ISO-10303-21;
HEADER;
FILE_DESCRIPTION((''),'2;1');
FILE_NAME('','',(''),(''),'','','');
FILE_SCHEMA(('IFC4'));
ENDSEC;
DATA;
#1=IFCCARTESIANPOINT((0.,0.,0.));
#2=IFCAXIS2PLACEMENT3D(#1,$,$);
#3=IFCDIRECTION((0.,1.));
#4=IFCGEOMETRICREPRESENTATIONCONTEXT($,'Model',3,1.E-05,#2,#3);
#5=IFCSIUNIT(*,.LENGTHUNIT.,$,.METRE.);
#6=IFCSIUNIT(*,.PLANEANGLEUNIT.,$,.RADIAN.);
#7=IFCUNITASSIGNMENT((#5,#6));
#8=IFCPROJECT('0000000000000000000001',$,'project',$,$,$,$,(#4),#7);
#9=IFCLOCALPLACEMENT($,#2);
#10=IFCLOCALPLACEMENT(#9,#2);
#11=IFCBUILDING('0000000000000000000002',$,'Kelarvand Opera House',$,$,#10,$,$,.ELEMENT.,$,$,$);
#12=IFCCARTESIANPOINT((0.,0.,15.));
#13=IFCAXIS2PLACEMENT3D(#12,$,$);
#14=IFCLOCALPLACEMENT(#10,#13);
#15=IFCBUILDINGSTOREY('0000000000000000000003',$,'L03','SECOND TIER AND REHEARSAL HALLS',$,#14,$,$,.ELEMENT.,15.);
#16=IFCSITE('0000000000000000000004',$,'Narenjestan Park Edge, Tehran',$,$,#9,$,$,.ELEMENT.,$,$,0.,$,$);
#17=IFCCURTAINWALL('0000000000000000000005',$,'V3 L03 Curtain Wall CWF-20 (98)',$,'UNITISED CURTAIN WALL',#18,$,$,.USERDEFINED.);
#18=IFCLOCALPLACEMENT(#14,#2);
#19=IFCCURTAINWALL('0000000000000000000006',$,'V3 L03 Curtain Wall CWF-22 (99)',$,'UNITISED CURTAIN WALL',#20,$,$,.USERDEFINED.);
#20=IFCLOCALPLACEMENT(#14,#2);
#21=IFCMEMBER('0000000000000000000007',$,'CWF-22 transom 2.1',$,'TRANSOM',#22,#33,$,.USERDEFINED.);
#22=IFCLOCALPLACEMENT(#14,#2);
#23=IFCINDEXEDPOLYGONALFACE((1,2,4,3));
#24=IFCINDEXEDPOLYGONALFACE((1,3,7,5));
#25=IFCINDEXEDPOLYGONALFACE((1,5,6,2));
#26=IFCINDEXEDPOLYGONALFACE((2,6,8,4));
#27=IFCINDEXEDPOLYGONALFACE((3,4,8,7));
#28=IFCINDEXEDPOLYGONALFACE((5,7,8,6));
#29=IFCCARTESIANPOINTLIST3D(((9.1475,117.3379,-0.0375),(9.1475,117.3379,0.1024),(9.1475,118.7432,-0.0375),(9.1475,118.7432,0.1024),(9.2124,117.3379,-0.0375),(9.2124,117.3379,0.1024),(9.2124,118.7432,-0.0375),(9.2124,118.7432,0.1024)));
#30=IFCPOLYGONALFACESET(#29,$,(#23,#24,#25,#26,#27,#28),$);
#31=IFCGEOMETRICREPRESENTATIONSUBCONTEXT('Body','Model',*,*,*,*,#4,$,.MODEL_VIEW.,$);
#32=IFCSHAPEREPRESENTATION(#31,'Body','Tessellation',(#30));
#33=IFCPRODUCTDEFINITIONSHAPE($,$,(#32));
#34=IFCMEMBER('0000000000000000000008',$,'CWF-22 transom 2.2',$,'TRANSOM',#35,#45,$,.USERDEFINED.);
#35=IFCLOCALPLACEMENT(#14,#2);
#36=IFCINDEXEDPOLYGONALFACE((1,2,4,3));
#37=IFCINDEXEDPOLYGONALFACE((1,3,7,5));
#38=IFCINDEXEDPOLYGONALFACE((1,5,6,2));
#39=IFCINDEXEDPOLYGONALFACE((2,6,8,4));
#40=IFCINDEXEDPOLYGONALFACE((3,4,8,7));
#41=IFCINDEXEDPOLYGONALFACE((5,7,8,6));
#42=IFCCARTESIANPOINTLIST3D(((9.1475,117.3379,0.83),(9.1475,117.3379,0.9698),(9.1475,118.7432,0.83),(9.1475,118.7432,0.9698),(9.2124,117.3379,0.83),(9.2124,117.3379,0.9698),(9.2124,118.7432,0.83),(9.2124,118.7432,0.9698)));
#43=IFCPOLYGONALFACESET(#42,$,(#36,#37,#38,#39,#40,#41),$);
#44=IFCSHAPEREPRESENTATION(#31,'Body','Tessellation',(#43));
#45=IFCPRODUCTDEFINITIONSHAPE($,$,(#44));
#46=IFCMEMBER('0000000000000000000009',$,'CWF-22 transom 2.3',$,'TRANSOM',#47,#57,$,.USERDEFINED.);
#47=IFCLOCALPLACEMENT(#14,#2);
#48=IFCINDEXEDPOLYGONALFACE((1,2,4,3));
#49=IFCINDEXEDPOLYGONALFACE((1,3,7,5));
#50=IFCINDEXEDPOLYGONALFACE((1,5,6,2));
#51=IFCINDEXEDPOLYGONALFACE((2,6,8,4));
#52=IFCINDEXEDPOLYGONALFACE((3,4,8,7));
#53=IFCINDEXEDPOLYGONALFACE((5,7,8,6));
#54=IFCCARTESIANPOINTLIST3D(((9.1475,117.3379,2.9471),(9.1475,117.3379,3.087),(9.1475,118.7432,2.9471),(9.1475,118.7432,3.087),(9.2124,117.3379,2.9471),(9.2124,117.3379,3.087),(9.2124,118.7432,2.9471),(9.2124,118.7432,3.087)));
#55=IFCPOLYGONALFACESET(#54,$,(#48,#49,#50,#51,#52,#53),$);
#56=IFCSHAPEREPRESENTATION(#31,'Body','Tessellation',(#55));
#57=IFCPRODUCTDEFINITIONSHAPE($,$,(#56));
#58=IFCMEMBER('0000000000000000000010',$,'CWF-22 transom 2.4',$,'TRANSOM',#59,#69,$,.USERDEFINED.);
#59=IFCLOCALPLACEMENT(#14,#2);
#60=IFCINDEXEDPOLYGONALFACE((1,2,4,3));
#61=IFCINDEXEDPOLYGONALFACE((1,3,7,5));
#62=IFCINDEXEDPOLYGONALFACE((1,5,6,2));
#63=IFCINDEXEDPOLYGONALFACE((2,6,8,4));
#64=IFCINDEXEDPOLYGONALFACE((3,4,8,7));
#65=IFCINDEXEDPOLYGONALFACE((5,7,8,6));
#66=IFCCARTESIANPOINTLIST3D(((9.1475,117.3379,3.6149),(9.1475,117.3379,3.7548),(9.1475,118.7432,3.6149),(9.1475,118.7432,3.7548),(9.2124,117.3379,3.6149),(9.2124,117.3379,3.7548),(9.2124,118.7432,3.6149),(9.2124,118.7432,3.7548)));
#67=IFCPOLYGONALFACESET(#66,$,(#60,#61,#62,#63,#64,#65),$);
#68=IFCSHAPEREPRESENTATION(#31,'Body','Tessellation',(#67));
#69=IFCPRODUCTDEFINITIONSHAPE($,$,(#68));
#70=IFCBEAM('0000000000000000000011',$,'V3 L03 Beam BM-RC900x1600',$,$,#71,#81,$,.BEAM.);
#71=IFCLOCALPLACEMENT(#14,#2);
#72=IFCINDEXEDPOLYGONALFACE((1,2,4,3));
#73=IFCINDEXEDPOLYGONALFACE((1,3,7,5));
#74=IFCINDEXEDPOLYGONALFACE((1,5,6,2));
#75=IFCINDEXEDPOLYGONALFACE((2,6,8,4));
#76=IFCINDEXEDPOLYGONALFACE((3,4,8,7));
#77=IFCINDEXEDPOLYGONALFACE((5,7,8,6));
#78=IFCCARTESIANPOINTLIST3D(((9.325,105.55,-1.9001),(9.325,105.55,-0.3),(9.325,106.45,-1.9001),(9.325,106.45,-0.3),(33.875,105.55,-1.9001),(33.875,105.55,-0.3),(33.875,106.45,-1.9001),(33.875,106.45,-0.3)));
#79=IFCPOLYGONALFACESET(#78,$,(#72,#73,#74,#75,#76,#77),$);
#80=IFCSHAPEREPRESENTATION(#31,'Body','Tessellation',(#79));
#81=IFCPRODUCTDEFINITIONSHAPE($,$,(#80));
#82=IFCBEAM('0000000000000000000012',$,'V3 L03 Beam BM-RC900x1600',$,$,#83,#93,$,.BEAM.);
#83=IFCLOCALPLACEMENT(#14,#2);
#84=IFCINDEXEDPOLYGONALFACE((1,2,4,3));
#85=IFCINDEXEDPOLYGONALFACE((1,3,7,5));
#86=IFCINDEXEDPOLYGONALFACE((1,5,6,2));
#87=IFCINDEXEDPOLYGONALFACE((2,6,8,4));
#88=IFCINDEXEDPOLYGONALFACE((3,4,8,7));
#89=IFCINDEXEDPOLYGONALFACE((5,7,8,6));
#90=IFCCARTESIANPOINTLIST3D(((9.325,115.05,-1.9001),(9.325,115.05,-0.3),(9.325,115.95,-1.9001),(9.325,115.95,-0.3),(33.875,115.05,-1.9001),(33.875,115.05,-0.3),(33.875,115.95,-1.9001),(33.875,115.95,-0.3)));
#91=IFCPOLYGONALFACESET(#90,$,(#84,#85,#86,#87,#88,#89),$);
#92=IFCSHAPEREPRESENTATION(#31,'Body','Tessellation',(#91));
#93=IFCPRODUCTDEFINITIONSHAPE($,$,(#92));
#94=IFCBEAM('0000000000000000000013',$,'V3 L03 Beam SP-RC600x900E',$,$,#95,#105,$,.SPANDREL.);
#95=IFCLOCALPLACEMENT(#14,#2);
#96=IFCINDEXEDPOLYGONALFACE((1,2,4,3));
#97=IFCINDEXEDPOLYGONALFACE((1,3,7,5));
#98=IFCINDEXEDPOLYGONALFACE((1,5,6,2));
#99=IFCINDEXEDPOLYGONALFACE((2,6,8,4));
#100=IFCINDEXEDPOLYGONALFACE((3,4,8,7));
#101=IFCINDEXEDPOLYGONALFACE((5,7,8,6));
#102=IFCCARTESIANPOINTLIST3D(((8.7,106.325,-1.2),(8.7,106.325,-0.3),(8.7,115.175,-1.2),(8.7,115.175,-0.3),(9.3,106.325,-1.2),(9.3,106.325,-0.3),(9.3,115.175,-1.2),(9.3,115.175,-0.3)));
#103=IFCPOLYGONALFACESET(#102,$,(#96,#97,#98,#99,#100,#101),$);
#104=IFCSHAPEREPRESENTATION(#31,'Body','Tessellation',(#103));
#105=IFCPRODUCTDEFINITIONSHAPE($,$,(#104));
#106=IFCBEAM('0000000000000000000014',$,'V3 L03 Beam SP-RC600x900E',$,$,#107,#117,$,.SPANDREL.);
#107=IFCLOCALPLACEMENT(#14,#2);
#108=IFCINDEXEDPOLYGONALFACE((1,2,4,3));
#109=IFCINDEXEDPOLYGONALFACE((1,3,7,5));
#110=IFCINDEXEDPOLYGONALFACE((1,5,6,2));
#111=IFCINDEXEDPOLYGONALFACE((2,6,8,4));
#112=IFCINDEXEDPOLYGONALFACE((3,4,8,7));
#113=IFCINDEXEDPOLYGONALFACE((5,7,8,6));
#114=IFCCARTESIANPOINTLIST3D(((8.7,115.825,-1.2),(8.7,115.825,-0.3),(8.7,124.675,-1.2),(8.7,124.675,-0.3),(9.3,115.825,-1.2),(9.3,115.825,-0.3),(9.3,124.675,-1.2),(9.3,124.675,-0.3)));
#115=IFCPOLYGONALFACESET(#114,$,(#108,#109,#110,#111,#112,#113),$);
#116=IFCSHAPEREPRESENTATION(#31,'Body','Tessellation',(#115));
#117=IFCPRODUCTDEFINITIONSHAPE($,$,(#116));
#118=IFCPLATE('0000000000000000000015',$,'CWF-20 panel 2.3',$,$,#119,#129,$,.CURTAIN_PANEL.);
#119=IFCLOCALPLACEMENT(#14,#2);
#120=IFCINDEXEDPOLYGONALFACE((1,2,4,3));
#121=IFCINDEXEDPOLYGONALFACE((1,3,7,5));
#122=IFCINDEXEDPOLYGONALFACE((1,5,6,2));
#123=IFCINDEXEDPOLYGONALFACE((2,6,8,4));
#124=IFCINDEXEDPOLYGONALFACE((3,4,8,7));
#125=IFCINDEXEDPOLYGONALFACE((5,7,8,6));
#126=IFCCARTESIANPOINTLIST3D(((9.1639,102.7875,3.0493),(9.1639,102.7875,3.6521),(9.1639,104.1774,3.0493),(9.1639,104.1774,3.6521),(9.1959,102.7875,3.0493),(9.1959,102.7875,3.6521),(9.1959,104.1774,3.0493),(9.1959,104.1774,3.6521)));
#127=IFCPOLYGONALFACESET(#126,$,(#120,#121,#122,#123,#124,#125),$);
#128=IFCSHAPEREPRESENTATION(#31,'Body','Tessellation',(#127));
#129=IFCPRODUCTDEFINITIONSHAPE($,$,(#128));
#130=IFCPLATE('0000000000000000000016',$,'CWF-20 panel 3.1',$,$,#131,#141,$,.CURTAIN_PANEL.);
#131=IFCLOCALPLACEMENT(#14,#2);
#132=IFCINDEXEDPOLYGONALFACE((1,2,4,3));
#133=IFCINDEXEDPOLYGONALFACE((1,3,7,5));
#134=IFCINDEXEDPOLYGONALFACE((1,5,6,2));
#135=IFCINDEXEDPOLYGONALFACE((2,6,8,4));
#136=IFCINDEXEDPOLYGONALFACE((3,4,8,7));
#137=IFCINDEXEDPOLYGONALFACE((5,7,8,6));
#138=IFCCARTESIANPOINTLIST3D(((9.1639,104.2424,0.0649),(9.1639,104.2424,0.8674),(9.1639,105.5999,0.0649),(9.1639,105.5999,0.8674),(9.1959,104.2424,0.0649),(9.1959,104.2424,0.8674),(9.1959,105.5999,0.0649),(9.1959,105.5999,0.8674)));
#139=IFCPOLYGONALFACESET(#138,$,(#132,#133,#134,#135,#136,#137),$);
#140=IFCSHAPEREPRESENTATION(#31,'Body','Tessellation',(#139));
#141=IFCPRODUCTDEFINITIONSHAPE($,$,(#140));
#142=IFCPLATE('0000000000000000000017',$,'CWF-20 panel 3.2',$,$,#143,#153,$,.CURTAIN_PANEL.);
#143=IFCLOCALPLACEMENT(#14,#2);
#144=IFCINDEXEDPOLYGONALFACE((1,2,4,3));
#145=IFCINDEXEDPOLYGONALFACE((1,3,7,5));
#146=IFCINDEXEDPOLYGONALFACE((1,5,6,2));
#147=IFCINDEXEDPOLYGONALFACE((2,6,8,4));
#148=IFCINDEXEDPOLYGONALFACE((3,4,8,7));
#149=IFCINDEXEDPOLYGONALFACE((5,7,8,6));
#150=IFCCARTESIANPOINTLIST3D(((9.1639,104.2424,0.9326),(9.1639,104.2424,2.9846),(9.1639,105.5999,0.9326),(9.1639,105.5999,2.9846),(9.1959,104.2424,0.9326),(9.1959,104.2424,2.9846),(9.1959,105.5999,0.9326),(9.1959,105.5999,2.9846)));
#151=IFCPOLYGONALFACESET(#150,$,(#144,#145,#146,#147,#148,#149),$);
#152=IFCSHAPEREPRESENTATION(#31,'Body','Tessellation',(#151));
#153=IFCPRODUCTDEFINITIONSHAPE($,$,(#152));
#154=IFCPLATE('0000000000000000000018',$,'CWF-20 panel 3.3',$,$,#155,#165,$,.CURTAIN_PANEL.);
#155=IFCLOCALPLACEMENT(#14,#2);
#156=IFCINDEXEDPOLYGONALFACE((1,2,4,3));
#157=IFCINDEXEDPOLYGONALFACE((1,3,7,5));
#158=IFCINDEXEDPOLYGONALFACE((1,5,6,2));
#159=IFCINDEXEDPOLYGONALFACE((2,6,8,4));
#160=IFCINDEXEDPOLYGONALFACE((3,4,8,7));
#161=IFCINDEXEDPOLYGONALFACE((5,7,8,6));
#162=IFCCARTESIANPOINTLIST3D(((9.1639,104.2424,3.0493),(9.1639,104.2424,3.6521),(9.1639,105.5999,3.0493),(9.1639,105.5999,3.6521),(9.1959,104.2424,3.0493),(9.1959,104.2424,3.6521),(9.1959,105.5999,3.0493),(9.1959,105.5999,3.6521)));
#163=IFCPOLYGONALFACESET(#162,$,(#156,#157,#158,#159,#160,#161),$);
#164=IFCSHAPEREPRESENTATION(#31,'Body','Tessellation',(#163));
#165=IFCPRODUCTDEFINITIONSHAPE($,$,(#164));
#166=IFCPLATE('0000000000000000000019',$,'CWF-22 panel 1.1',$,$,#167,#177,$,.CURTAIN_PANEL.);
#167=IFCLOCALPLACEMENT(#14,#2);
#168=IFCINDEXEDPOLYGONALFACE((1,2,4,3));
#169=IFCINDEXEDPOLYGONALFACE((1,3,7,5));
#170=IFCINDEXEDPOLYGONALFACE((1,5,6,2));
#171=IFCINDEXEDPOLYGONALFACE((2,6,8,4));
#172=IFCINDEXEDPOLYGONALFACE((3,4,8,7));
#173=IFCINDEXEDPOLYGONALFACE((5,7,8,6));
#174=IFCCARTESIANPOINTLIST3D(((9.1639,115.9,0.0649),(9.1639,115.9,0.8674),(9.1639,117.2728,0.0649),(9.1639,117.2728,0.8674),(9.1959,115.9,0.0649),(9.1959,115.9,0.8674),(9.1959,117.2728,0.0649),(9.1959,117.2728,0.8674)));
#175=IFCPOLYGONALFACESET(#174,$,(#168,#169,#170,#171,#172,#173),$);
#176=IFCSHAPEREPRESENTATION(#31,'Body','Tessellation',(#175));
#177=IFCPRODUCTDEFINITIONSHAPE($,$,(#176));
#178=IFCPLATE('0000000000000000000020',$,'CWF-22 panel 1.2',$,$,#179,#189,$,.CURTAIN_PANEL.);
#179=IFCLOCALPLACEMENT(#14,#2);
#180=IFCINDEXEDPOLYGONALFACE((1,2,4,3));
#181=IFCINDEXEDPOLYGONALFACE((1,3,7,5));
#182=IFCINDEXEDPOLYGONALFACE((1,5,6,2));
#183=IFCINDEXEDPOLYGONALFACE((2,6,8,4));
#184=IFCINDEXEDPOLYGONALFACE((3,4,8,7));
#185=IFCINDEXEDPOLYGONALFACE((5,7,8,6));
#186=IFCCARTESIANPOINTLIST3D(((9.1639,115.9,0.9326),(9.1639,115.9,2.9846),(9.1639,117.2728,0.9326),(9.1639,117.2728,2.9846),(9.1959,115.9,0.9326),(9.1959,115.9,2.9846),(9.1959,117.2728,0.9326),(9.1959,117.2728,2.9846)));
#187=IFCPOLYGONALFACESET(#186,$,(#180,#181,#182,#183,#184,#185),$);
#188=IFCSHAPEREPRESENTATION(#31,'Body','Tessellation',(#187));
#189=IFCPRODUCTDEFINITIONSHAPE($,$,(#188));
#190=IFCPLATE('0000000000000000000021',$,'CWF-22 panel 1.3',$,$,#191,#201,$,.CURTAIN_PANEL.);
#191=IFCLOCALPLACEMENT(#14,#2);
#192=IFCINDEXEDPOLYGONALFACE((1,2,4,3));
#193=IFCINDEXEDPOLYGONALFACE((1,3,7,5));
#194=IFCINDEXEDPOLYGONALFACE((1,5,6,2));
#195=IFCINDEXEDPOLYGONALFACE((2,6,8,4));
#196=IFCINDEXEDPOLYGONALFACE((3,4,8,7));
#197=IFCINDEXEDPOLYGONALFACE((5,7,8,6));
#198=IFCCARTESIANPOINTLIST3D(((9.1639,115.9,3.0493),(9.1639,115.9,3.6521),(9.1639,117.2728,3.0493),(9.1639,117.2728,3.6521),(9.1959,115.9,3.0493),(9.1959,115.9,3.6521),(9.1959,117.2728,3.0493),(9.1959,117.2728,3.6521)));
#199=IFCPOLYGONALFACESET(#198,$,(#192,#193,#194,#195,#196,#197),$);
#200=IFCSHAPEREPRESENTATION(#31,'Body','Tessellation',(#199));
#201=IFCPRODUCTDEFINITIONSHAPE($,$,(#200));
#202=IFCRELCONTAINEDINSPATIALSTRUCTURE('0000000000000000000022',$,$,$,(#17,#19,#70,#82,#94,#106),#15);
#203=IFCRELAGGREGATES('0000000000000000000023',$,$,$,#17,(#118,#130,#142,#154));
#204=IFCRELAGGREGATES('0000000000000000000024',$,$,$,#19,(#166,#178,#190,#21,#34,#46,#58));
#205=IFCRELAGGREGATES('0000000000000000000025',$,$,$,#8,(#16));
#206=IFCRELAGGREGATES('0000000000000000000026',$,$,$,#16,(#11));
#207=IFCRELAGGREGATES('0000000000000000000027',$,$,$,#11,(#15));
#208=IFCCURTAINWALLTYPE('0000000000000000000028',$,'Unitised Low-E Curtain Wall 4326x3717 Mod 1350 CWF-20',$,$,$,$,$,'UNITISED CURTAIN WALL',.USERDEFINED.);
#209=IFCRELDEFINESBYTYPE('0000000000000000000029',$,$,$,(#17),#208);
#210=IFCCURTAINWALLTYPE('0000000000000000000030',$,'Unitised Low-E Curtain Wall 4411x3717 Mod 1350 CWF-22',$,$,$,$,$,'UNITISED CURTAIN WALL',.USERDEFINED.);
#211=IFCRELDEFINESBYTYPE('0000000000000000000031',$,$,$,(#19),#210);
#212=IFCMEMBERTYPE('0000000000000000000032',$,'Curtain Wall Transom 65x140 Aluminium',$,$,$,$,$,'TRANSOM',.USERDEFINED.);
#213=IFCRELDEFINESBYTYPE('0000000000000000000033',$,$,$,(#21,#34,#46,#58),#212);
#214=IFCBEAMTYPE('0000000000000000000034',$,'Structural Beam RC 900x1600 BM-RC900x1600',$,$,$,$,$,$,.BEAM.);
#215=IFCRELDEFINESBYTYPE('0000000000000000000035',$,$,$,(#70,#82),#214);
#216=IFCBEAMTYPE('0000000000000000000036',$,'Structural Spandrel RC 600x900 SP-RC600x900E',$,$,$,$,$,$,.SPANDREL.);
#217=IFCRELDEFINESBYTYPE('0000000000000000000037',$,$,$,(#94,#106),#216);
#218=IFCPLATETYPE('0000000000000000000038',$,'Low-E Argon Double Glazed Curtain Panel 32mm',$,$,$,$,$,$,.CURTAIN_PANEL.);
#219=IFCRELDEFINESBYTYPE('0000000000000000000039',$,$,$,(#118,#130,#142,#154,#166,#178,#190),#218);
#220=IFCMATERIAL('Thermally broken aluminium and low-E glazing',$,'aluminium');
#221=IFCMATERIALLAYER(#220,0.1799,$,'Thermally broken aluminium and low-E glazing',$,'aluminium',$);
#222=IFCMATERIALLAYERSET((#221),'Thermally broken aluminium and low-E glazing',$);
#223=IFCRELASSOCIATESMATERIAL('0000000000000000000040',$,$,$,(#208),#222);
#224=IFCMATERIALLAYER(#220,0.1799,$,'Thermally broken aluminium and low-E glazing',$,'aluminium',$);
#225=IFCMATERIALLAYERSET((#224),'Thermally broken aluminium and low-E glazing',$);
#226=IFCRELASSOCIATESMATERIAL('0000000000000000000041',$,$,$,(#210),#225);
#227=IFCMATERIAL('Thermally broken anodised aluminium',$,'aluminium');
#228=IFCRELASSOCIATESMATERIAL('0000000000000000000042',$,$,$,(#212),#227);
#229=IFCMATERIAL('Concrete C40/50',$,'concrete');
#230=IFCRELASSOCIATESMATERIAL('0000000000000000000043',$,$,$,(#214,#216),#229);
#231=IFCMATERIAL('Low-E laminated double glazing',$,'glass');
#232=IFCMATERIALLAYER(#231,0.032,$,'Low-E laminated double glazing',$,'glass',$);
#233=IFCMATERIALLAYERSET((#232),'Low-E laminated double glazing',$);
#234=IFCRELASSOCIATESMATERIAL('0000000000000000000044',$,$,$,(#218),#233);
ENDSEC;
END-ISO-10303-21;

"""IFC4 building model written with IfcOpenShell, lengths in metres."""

from ifc_helpers import new_model, si_unit, direction, frame, origin, origin_2d, place, context, subcontext, project, spatial, rectangle, extrude, material, layer, layer_set, material_profile, profile_set, type_object, element, aggregate, save


model = new_model("IFC4")

# Units and contexts
model_context = context("Model", 3, precision=1e-05, world=origin(), true_north=direction((0.0, 1.0)))
body_context = subcontext(model_context, "Body", "Model", "MODEL_VIEW")
ifc_project = project(units=[si_unit("LENGTHUNIT", "METRE"), si_unit("PLANEANGLEUNIT", "RADIAN")], contexts=[model_context])

# Site, building, storey
site_placement = place(None, origin())
site = spatial("IfcSite", under=ifc_project, at=site_placement, Name="Narenjestan Park Edge, Tehran", CompositionType="ELEMENT", RefElevation=0.0)
building_placement = place(site_placement, origin())
building = spatial("IfcBuilding", under=site, at=building_placement, Name="Kelarvand Opera House", CompositionType="ELEMENT")
storey_placement = place(building_placement, frame((0.0, 0.0, 15.0)))
storey = spatial("IfcBuildingStorey", under=building, at=storey_placement, Name="L03", Description="SECOND TIER AND REHEARSAL HALLS", CompositionType="ELEMENT", Elevation=15.0)

# Shared definitions
ifc_material_1 = material(Name="Concrete C40/50", Category="concrete")

# Curtain walls
ifc_material_2 = material(Name="Thermally broken aluminium and low-E glazing", Category="aluminium")
ifc_layer_1 = layer(ifc_material_2, 0.1799, Name="Thermally broken aluminium and low-E glazing", Category="aluminium")
ifc_layer_set_1 = layer_set([ifc_layer_1], Name="Thermally broken aluminium and low-E glazing")
curtain_wall_type_1 = type_object("IfcCurtainWallType", Name="Unitised Low-E Curtain Wall 4326x3717 Mod 1350 CWF-20", ElementType="UNITISED CURTAIN WALL", PredefinedType="USERDEFINED", material=ifc_layer_set_1)
curtain_wall_1_placement = place(storey_placement, origin())
curtain_wall_1 = element("IfcCurtainWall", 1, at=curtain_wall_1_placement, inside=storey, type_object=curtain_wall_type_1, Name="V3 L03 Curtain Wall CWF-20 (98)", ObjectType="UNITISED CURTAIN WALL", PredefinedType="USERDEFINED")
ifc_material_3 = material(Name="Thermally broken anodised aluminium", Category="aluminium")
ifc_layer_2 = layer(ifc_material_2, 0.1799, Name="Thermally broken aluminium and low-E glazing", Category="aluminium")
ifc_layer_set_2 = layer_set([ifc_layer_2], Name="Thermally broken aluminium and low-E glazing")
curtain_wall_type_2 = type_object("IfcCurtainWallType", Name="Unitised Low-E Curtain Wall 4411x3717 Mod 1350 CWF-22", ElementType="UNITISED CURTAIN WALL", PredefinedType="USERDEFINED", material=ifc_layer_set_2)
curtain_wall_2_placement = place(storey_placement, origin())
curtain_wall_2 = element("IfcCurtainWall", 2, at=curtain_wall_2_placement, inside=storey, type_object=curtain_wall_type_2, Name="V3 L03 Curtain Wall CWF-22 (99)", ObjectType="UNITISED CURTAIN WALL", PredefinedType="USERDEFINED")

# Members
ifc_material_profile_1 = material_profile(ifc_material_3, rectangle(XDim=0.0649, YDim=0.1399, at=origin_2d()), Name="ALU TRANSOM 65x140", Category="aluminium")
ifc_profile_set_1 = profile_set([ifc_material_profile_1], Name="Thermally broken anodised aluminium")
member_type_1 = type_object("IfcMemberType", Name="Curtain Wall Transom 65x140 Aluminium", ElementType="TRANSOM", PredefinedType="USERDEFINED", material=ifc_profile_set_1)
member_1_placement = place(storey_placement, frame((9.1799, 117.3379, 0.0325), z_axis=(0.0, 1.0, 0.0), x_axis=(-1.0, 0.0, 0.0)))
member_1 = element("IfcMember", 3, at=member_1_placement, type_object=member_type_1, Name="CWF-22 transom 2.1", ObjectType="TRANSOM", PredefinedType="USERDEFINED", context=body_context, shape_type="SweptSolid", body=[
    extrude(rectangle(XDim=0.0649, YDim=0.1399, at=origin_2d()), origin(), (0.0, 0.0, 1.0), 1.4053),
])
member_2_placement = place(storey_placement, frame((9.1799, 117.3379, 0.8999), z_axis=(0.0, 1.0, 0.0), x_axis=(-1.0, 0.0, 0.0)))
member_2 = element("IfcMember", 4, at=member_2_placement, type_object=member_type_1, Name="CWF-22 transom 2.2", ObjectType="TRANSOM", PredefinedType="USERDEFINED", context=body_context, shape_type="SweptSolid", body=[
    extrude(rectangle(XDim=0.0649, YDim=0.1399, at=origin_2d()), origin(), (0.0, 0.0, 1.0), 1.4053),
])
member_3_placement = place(storey_placement, frame((9.1799, 117.3379, 3.0171), z_axis=(0.0, 1.0, 0.0), x_axis=(-1.0, 0.0, 0.0)))
member_3 = element("IfcMember", 5, at=member_3_placement, type_object=member_type_1, Name="CWF-22 transom 2.3", ObjectType="TRANSOM", PredefinedType="USERDEFINED", context=body_context, shape_type="SweptSolid", body=[
    extrude(rectangle(XDim=0.0649, YDim=0.1399, at=origin_2d()), origin(), (0.0, 0.0, 1.0), 1.4053),
])
member_4_placement = place(storey_placement, frame((9.1799, 117.3379, 3.6848), z_axis=(0.0, 1.0, 0.0), x_axis=(-1.0, 0.0, 0.0)))
member_4 = element("IfcMember", 6, at=member_4_placement, type_object=member_type_1, Name="CWF-22 transom 2.4", ObjectType="TRANSOM", PredefinedType="USERDEFINED", context=body_context, shape_type="SweptSolid", body=[
    extrude(rectangle(XDim=0.0649, YDim=0.1399, at=origin_2d()), origin(), (0.0, 0.0, 1.0), 1.4053),
])

# Beams
ifc_material_profile_2 = material_profile(ifc_material_1, rectangle(XDim=0.8999, YDim=1.6001, at=origin_2d()), Name="RC 900x1600", Category="concrete")
ifc_profile_set_2 = profile_set([ifc_material_profile_2], Name="Concrete C40/50")
beam_type_1 = type_object("IfcBeamType", Name="Structural Beam RC 900x1600 BM-RC900x1600", PredefinedType="BEAM", material=ifc_profile_set_2)
for number, where, z_axis, x_axis, name in (
    (7, (9.325, 106.0, -1.1001), (1.0, 0.0, 0.0), (0.0, 1.0, 0.0), "V3 L03 Beam BM-RC900x1600"),
    (8, (9.325, 115.5, -1.1001), (1.0, 0.0, 0.0), (0.0, 1.0, 0.0), "V3 L03 Beam BM-RC900x1600"),
):
    element("IfcBeam", number, at=place(storey_placement, frame(where, z_axis=z_axis, x_axis=x_axis)), inside=storey, type_object=beam_type_1, Name=name, PredefinedType="BEAM", context=body_context, shape_type="SweptSolid", body=[
        extrude(rectangle(XDim=0.8999, YDim=1.6001, at=origin_2d()), origin(), (0.0, 0.0, 1.0), 24.55),
    ])
ifc_material_profile_3 = material_profile(ifc_material_1, rectangle(XDim=0.6001, YDim=0.8999, at=origin_2d()), Name="RC 600x900", Category="concrete")
ifc_profile_set_3 = profile_set([ifc_material_profile_3], Name="Concrete C40/50")
beam_type_2 = type_object("IfcBeamType", Name="Structural Spandrel RC 600x900 SP-RC600x900E", PredefinedType="SPANDREL", material=ifc_profile_set_3)
for number, where, z_axis, x_axis, name in (
    (9, (9.0, 106.325, -0.75), (0.0, 1.0, 0.0), (-1.0, 0.0, 0.0), "V3 L03 Beam SP-RC600x900E"),
    (10, (9.0, 115.825, -0.75), (0.0, 1.0, 0.0), (-1.0, 0.0, 0.0), "V3 L03 Beam SP-RC600x900E"),
):
    element("IfcBeam", number, at=place(storey_placement, frame(where, z_axis=z_axis, x_axis=x_axis)), inside=storey, type_object=beam_type_2, Name=name, PredefinedType="SPANDREL", context=body_context, shape_type="SweptSolid", body=[
        extrude(rectangle(XDim=0.6001, YDim=0.8999, at=origin_2d()), origin(), (0.0, 0.0, 1.0), 8.8501),
    ])

# Plates
ifc_material_4 = material(Name="Low-E laminated double glazing", Category="glass")
ifc_layer_3 = layer(ifc_material_4, 0.032, Name="Low-E laminated double glazing", Category="glass")
ifc_layer_set_3 = layer_set([ifc_layer_3], Name="Low-E laminated double glazing")
plate_type = type_object("IfcPlateType", Name="Low-E Argon Double Glazed Curtain Panel 32mm", PredefinedType="CURTAIN_PANEL", material=ifc_layer_set_3)
plate_1_placement = place(storey_placement, frame((9.1799, 103.4824, 3.0493), z_axis=(0.0, 0.0, 1.0), x_axis=(0.0, 1.0, 0.0)))
plate_1 = element("IfcPlate", 11, at=plate_1_placement, type_object=plate_type, Name="CWF-20 panel 2.3", PredefinedType="CURTAIN_PANEL", context=body_context, shape_type="SweptSolid", body=[
    extrude(rectangle(XDim=1.3899, YDim=0.032, at=origin_2d()), origin(), (0.0, 0.0, 1.0), 0.6028),
])
plate_2_placement = place(storey_placement, frame((9.1799, 104.9211, 0.0649), z_axis=(0.0, 0.0, 1.0), x_axis=(0.0, 1.0, 0.0)))
plate_2 = element("IfcPlate", 12, at=plate_2_placement, type_object=plate_type, Name="CWF-20 panel 3.1", PredefinedType="CURTAIN_PANEL", context=body_context, shape_type="SweptSolid", body=[
    extrude(rectangle(XDim=1.3574, YDim=0.032, at=origin_2d()), origin(), (0.0, 0.0, 1.0), 0.8025),
])
plate_3_placement = place(storey_placement, frame((9.1799, 104.9211, 0.9326), z_axis=(0.0, 0.0, 1.0), x_axis=(0.0, 1.0, 0.0)))
plate_3 = element("IfcPlate", 13, at=plate_3_placement, type_object=plate_type, Name="CWF-20 panel 3.2", PredefinedType="CURTAIN_PANEL", context=body_context, shape_type="SweptSolid", body=[
    extrude(rectangle(XDim=1.3574, YDim=0.032, at=origin_2d()), origin(), (0.0, 0.0, 1.0), 2.052),
])
plate_4_placement = place(storey_placement, frame((9.1799, 104.9211, 3.0493), z_axis=(0.0, 0.0, 1.0), x_axis=(0.0, 1.0, 0.0)))
plate_4 = element("IfcPlate", 14, at=plate_4_placement, type_object=plate_type, Name="CWF-20 panel 3.3", PredefinedType="CURTAIN_PANEL", context=body_context, shape_type="SweptSolid", body=[
    extrude(rectangle(XDim=1.3574, YDim=0.032, at=origin_2d()), origin(), (0.0, 0.0, 1.0), 0.6028),
])
aggregate(curtain_wall_1, [plate_1, plate_2, plate_3, plate_4])
plate_5_placement = place(storey_placement, frame((9.1799, 116.5864, 0.0649), z_axis=(0.0, 0.0, 1.0), x_axis=(0.0, 1.0, 0.0)))
plate_5 = element("IfcPlate", 15, at=plate_5_placement, type_object=plate_type, Name="CWF-22 panel 1.1", PredefinedType="CURTAIN_PANEL", context=body_context, shape_type="SweptSolid", body=[
    extrude(rectangle(XDim=1.3728, YDim=0.032, at=origin_2d()), origin(), (0.0, 0.0, 1.0), 0.8025),
])
plate_6_placement = place(storey_placement, frame((9.1799, 116.5864, 0.9326), z_axis=(0.0, 0.0, 1.0), x_axis=(0.0, 1.0, 0.0)))
plate_6 = element("IfcPlate", 16, at=plate_6_placement, type_object=plate_type, Name="CWF-22 panel 1.2", PredefinedType="CURTAIN_PANEL", context=body_context, shape_type="SweptSolid", body=[
    extrude(rectangle(XDim=1.3728, YDim=0.032, at=origin_2d()), origin(), (0.0, 0.0, 1.0), 2.052),
])
plate_7_placement = place(storey_placement, frame((9.1799, 116.5864, 3.0493), z_axis=(0.0, 0.0, 1.0), x_axis=(0.0, 1.0, 0.0)))
plate_7 = element("IfcPlate", 17, at=plate_7_placement, type_object=plate_type, Name="CWF-22 panel 1.3", PredefinedType="CURTAIN_PANEL", context=body_context, shape_type="SweptSolid", body=[
    extrude(rectangle(XDim=1.3728, YDim=0.032, at=origin_2d()), origin(), (0.0, 0.0, 1.0), 0.6028),
])
aggregate(curtain_wall_2, [plate_5, plate_6, plate_7, member_1, member_2, member_3, member_4])

save(model, "model.ifc")
